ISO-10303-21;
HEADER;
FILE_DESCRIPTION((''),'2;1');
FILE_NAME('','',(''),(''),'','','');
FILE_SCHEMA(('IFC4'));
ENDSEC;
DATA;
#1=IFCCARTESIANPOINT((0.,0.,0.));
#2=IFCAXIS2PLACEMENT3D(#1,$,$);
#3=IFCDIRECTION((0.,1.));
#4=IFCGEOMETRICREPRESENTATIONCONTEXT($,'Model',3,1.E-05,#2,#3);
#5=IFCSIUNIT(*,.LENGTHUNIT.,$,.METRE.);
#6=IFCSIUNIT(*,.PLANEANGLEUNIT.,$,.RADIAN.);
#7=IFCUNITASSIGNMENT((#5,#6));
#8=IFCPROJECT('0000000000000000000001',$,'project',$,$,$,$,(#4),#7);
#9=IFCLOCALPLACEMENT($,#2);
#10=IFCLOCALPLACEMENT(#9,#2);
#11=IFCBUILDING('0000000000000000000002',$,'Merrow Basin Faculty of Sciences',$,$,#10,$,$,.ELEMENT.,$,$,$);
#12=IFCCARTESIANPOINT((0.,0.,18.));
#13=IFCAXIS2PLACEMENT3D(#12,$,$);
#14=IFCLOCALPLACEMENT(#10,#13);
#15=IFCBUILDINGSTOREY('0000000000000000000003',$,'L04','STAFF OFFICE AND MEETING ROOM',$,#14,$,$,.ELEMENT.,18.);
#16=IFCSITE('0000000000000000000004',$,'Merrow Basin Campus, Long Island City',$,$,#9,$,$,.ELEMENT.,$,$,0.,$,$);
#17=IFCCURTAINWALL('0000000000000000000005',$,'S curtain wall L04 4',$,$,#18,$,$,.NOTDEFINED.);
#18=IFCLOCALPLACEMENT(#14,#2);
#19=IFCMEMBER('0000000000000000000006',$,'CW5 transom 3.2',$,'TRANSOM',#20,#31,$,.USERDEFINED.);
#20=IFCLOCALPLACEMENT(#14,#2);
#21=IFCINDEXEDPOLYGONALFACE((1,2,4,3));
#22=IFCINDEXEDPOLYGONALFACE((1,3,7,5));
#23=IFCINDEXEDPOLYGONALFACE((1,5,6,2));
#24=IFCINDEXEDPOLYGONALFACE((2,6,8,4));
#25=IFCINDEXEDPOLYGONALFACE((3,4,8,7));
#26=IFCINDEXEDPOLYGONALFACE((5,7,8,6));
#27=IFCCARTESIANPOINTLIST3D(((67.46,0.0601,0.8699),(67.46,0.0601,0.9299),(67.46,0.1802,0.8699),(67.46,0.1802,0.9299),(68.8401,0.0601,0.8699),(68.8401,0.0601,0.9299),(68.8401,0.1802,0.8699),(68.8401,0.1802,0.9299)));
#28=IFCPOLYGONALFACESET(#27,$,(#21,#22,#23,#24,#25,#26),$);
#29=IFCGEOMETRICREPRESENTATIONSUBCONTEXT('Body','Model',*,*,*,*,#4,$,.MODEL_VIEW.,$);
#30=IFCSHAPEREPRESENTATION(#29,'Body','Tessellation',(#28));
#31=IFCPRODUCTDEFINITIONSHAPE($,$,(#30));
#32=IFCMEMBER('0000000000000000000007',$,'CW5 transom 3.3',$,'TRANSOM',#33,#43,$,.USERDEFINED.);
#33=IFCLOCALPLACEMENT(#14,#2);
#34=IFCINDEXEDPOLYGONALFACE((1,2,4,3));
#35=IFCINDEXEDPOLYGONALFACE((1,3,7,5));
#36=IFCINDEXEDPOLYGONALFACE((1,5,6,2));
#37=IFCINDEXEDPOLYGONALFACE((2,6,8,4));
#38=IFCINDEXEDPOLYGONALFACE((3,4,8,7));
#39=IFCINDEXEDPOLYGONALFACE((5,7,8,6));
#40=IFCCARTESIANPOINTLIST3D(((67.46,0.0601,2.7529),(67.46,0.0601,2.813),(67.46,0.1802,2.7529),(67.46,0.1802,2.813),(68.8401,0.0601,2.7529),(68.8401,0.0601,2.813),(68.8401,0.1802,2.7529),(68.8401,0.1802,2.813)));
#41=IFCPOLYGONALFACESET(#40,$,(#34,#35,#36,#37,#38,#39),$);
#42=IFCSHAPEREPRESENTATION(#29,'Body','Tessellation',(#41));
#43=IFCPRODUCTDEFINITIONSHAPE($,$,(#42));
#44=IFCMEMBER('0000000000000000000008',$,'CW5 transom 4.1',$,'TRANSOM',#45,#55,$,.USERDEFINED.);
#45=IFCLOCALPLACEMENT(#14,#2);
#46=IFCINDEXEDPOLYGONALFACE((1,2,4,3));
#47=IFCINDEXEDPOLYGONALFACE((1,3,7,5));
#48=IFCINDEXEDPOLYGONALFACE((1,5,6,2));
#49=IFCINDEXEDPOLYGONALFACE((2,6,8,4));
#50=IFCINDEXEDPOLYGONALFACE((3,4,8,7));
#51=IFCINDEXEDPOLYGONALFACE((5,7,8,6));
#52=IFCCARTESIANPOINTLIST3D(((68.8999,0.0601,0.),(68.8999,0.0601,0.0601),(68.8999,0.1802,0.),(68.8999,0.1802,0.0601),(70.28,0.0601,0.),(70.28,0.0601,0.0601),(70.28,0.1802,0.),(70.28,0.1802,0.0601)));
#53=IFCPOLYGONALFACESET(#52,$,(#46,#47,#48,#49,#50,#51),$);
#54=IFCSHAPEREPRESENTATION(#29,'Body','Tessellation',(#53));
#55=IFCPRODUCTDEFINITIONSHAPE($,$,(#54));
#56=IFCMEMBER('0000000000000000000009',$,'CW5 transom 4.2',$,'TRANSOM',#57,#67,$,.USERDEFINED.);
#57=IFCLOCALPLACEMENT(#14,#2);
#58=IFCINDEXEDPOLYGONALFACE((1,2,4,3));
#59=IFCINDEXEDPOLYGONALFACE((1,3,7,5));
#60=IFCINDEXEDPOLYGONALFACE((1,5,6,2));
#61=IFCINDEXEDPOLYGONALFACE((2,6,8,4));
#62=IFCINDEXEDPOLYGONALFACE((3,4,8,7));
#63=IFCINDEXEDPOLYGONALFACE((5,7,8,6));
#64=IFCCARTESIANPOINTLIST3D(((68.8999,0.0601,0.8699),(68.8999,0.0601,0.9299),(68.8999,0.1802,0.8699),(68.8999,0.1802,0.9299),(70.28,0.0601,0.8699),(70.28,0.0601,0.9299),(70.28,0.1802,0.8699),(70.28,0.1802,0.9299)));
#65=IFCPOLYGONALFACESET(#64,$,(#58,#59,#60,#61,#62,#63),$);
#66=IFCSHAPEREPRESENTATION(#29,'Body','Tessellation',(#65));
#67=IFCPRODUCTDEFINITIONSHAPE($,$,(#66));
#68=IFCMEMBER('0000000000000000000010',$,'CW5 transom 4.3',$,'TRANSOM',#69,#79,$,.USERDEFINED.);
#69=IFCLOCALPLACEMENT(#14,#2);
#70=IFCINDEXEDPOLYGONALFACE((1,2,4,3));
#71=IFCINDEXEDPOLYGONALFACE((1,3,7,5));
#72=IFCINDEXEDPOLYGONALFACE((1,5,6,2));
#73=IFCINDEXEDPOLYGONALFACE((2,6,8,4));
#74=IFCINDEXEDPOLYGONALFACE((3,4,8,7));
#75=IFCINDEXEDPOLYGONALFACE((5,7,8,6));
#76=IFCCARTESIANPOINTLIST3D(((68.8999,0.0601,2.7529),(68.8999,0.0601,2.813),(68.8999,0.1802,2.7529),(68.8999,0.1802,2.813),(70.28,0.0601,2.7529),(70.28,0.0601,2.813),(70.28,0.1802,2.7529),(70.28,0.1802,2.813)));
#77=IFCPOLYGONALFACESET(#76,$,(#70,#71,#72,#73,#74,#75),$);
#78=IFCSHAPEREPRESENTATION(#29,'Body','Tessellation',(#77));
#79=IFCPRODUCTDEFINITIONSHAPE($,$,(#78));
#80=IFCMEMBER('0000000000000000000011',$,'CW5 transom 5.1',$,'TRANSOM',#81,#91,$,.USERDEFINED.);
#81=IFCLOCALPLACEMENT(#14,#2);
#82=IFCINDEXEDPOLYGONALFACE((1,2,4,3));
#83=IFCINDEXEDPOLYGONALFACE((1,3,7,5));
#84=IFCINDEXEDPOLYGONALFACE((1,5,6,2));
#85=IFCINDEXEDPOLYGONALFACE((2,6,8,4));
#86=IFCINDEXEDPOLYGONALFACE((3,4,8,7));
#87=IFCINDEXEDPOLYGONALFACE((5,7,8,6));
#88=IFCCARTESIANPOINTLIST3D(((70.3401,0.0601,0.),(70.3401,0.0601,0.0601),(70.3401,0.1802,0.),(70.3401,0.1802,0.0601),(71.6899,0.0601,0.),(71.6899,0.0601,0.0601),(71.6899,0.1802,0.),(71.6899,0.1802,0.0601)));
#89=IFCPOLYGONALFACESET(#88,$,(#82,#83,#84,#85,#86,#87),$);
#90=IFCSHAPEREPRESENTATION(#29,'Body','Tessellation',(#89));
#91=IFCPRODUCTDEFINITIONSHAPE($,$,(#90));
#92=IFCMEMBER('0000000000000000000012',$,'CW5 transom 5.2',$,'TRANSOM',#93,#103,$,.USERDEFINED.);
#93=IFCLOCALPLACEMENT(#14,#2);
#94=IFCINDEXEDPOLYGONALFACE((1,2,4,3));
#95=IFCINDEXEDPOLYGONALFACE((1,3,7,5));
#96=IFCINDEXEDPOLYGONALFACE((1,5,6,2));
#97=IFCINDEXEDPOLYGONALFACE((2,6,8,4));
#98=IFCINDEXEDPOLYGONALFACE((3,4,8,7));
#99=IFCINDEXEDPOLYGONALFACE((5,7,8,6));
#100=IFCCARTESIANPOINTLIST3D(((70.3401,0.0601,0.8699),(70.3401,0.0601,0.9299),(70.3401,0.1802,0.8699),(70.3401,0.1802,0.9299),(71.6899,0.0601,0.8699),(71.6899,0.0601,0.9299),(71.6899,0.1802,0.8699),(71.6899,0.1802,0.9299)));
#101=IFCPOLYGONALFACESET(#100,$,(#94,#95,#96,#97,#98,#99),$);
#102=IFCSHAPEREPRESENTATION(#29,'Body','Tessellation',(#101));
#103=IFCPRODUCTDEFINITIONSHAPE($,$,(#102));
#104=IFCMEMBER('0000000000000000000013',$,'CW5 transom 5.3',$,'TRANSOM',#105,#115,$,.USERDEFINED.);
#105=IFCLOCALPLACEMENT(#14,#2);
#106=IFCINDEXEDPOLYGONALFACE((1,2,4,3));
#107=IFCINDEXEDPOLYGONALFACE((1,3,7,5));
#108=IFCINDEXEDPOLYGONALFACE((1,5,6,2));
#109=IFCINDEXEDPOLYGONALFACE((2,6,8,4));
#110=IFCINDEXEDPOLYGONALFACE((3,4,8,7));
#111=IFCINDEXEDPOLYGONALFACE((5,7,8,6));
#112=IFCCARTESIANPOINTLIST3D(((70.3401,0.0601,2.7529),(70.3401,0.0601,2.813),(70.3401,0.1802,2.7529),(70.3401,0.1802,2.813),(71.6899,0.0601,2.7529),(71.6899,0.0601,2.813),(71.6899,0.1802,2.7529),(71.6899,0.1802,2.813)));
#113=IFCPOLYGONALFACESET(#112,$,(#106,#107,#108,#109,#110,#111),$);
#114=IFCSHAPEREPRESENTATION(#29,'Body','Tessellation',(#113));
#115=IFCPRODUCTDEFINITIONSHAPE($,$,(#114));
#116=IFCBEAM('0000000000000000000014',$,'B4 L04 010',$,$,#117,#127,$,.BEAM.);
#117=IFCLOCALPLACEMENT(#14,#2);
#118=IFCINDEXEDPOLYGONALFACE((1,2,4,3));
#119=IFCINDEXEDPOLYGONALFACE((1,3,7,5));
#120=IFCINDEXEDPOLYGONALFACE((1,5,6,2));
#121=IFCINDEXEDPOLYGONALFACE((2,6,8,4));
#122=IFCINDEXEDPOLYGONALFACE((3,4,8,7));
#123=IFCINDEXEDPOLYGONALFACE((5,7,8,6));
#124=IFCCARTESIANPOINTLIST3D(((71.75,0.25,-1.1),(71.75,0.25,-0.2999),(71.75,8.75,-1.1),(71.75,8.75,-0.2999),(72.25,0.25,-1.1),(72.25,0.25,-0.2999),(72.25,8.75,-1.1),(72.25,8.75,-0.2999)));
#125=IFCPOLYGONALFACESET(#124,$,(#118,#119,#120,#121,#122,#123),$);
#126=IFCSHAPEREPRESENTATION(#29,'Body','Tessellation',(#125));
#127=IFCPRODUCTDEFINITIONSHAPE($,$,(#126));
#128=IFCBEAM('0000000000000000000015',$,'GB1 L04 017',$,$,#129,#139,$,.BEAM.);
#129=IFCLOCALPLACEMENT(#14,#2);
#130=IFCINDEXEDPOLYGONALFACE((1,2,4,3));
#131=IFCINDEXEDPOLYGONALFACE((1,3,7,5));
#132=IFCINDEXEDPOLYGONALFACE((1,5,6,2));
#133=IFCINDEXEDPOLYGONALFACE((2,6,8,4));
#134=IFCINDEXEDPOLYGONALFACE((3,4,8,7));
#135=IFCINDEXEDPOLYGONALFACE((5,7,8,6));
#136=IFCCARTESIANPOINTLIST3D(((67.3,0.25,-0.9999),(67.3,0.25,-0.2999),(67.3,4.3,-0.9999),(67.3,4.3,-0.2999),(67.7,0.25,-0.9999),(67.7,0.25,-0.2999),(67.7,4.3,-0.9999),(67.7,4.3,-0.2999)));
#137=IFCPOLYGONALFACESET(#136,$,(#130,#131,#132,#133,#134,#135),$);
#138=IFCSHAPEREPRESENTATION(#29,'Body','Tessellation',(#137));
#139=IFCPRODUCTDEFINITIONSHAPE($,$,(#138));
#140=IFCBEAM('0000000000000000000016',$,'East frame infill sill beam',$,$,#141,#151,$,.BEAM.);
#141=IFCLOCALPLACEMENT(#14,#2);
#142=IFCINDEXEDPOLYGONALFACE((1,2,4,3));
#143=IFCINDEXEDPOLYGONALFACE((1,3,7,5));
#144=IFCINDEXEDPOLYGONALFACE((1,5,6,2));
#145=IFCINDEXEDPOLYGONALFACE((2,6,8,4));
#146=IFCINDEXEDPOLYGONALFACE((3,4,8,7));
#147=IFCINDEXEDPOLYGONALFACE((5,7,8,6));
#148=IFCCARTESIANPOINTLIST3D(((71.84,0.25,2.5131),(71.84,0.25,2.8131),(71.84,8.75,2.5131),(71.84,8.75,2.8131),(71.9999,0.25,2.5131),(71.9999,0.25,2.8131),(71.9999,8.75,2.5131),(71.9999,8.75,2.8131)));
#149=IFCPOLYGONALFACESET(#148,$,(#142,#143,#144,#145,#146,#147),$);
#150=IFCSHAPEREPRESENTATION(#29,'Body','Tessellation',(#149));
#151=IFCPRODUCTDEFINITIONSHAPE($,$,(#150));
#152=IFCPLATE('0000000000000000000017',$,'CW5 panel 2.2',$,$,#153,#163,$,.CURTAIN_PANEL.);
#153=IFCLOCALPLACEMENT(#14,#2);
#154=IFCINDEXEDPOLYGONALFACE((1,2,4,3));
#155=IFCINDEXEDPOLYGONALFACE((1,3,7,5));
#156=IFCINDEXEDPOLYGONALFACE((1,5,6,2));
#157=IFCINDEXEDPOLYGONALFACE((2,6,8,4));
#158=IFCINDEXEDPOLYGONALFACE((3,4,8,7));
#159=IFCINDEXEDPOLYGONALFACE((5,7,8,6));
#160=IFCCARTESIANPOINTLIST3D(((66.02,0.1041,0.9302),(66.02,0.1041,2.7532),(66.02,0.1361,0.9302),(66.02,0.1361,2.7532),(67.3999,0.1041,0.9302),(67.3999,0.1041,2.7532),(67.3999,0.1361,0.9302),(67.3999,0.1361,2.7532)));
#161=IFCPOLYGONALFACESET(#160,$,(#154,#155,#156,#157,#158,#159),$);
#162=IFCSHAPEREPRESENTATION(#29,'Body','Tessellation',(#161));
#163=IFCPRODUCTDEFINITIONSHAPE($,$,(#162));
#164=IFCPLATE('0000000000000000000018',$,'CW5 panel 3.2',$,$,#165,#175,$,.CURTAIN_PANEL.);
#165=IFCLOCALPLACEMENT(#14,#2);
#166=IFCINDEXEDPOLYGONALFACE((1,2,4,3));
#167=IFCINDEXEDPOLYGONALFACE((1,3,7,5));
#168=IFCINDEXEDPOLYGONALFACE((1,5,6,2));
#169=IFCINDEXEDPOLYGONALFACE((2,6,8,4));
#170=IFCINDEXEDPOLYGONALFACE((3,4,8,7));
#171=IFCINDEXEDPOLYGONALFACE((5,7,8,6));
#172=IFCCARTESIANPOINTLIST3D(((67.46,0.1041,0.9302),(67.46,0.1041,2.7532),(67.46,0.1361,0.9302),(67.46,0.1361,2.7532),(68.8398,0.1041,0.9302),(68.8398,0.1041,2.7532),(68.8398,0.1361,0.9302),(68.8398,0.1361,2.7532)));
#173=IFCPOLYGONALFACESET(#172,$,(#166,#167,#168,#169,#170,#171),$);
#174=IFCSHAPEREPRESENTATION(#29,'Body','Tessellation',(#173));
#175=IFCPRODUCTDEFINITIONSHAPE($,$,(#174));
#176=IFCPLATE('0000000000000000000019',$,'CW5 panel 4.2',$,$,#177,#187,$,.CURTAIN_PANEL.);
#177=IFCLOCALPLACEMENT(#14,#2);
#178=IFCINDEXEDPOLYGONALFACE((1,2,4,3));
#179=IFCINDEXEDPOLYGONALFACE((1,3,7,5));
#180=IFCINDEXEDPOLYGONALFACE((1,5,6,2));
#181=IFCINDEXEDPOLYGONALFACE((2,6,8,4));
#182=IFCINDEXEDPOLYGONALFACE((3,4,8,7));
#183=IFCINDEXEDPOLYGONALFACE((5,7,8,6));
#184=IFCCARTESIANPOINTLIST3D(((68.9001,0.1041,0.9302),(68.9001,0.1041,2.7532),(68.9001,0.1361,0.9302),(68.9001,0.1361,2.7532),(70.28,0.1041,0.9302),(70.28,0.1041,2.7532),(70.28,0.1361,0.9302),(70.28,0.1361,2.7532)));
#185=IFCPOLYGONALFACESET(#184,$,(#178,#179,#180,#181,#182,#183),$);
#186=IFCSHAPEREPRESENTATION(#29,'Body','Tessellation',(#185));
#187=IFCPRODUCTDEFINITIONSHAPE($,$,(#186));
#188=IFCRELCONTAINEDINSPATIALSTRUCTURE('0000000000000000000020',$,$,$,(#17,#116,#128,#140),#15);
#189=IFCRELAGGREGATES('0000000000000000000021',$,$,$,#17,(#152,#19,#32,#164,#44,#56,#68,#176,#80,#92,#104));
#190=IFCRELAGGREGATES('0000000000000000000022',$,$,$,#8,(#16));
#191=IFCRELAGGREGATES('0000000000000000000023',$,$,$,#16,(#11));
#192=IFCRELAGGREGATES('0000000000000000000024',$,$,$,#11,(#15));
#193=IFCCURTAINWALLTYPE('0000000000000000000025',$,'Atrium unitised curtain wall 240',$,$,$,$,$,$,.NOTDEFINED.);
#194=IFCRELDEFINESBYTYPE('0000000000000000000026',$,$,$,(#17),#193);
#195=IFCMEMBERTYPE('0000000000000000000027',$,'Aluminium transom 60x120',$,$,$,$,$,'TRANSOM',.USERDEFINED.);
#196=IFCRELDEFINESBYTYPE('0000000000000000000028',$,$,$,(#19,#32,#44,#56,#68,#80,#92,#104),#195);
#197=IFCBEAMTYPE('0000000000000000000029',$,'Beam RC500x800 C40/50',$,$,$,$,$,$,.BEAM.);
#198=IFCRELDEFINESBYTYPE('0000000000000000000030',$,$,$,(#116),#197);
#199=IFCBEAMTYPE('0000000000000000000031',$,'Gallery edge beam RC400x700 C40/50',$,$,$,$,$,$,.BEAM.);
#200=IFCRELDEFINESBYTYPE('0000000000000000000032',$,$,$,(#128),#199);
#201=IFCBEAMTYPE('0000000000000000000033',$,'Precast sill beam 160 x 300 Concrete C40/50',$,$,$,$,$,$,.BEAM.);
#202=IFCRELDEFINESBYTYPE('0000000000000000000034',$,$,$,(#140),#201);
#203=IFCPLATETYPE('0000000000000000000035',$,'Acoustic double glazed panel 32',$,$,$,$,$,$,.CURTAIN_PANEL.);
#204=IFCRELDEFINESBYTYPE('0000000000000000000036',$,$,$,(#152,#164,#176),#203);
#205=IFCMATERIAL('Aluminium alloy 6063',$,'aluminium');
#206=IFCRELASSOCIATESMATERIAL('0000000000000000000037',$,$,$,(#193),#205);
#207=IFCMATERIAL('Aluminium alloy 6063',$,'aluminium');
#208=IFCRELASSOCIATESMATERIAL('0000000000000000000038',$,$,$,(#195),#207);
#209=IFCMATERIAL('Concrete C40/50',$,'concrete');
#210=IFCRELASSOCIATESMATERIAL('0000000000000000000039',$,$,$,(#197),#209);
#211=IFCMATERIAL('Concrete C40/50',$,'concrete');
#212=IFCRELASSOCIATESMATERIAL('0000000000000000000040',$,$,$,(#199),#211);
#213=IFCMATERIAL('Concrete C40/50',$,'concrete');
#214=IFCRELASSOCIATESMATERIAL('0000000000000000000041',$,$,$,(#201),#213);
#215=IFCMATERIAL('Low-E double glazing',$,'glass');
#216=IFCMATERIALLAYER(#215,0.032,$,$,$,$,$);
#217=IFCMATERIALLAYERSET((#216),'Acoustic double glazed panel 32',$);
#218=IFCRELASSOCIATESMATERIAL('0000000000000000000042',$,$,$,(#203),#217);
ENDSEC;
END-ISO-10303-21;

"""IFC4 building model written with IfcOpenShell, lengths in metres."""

from ifc_helpers import new_model, si_unit, direction, frame, origin, origin_2d, place, context, subcontext, project, spatial, rectangle, extrude, material, layer, layer_set, material_profile, profile_set, type_object, element, aggregate, save


model = new_model("IFC4")

# Units and contexts
model_context = context("Model", 3, precision=1e-05, world=origin(), true_north=direction((0.0, 1.0)))
body_context = subcontext(model_context, "Body", "Model", "MODEL_VIEW")
ifc_project = project(units=[si_unit("LENGTHUNIT", "METRE"), si_unit("PLANEANGLEUNIT", "RADIAN")], contexts=[model_context])

# Site, building, storey
site_placement = place(None, origin())
site = spatial("IfcSite", under=ifc_project, at=site_placement, Name="Merrow Basin Campus, Long Island City", CompositionType="ELEMENT", RefElevation=0.0)
building_placement = place(site_placement, origin())
building = spatial("IfcBuilding", under=site, at=building_placement, Name="Merrow Basin Faculty of Sciences", CompositionType="ELEMENT")
storey_placement = place(building_placement, frame((0.0, 0.0, 18.0)))
storey = spatial("IfcBuildingStorey", under=building, at=storey_placement, Name="L04", Description="STAFF OFFICE AND MEETING ROOM", CompositionType="ELEMENT", Elevation=18.0)

# Shared definitions
ifc_material_1 = material(Name="Aluminium alloy 6063", Category="aluminium")
curtain_wall_type = type_object("IfcCurtainWallType", Name="Atrium unitised curtain wall 240", PredefinedType="NOTDEFINED", material=ifc_material_1)

# Curtain wall
curtain_wall_1_placement = place(storey_placement, origin())
curtain_wall_1 = element("IfcCurtainWall", 1, at=curtain_wall_1_placement, inside=storey, type_object=curtain_wall_type, Name="S curtain wall L04 4", PredefinedType="NOTDEFINED")

# Members
ifc_material_2 = material(Name="Aluminium alloy 6063", Category="aluminium")
ifc_material_profile_1 = material_profile(ifc_material_2, rectangle(XDim=0.1201, YDim=0.0601, at=origin_2d()))
ifc_profile_set_1 = profile_set([ifc_material_profile_1], Name="Aluminium alloy 6063")
member_type_1 = type_object("IfcMemberType", Name="Aluminium transom 60x120", ElementType="TRANSOM", PredefinedType="USERDEFINED", material=ifc_profile_set_1)
member_1_placement = place(storey_placement, frame((67.46, 0.1201, 0.8999), z_axis=(1.0, 0.0, 0.0), x_axis=(0.0, 1.0, 0.0)))
member_1 = element("IfcMember", 2, at=member_1_placement, type_object=member_type_1, Name="CW5 transom 3.2", ObjectType="TRANSOM", PredefinedType="USERDEFINED", context=body_context, shape_type="SweptSolid", body=[
    extrude(rectangle(XDim=0.1201, YDim=0.0601, at=origin_2d()), origin(), (0.0, 0.0, 1.0), 1.3801),
])
member_2_placement = place(storey_placement, frame((67.46, 0.1201, 2.783), z_axis=(1.0, 0.0, 0.0), x_axis=(0.0, 1.0, 0.0)))
member_2 = element("IfcMember", 3, at=member_2_placement, type_object=member_type_1, Name="CW5 transom 3.3", ObjectType="TRANSOM", PredefinedType="USERDEFINED", context=body_context, shape_type="SweptSolid", body=[
    extrude(rectangle(XDim=0.1201, YDim=0.0601, at=origin_2d()), origin(), (0.0, 0.0, 1.0), 1.3801),
])
member_3_placement = place(storey_placement, frame((68.8999, 0.1201, 0.03), z_axis=(1.0, 0.0, 0.0), x_axis=(0.0, 1.0, 0.0)))
member_3 = element("IfcMember", 4, at=member_3_placement, type_object=member_type_1, Name="CW5 transom 4.1", ObjectType="TRANSOM", PredefinedType="USERDEFINED", context=body_context, shape_type="SweptSolid", body=[
    extrude(rectangle(XDim=0.1201, YDim=0.0601, at=origin_2d()), origin(), (0.0, 0.0, 1.0), 1.3801),
])
member_4_placement = place(storey_placement, frame((68.8999, 0.1201, 0.8999), z_axis=(1.0, 0.0, 0.0), x_axis=(0.0, 1.0, 0.0)))
member_4 = element("IfcMember", 5, at=member_4_placement, type_object=member_type_1, Name="CW5 transom 4.2", ObjectType="TRANSOM", PredefinedType="USERDEFINED", context=body_context, shape_type="SweptSolid", body=[
    extrude(rectangle(XDim=0.1201, YDim=0.0601, at=origin_2d()), origin(), (0.0, 0.0, 1.0), 1.3801),
])
member_5_placement = place(storey_placement, frame((68.8999, 0.1201, 2.783), z_axis=(1.0, 0.0, 0.0), x_axis=(0.0, 1.0, 0.0)))
member_5 = element("IfcMember", 6, at=member_5_placement, type_object=member_type_1, Name="CW5 transom 4.3", ObjectType="TRANSOM", PredefinedType="USERDEFINED", context=body_context, shape_type="SweptSolid", body=[
    extrude(rectangle(XDim=0.1201, YDim=0.0601, at=origin_2d()), origin(), (0.0, 0.0, 1.0), 1.3801),
])
member_6_placement = place(storey_placement, frame((70.3401, 0.1201, 0.03), z_axis=(1.0, 0.0, 0.0), x_axis=(0.0, 1.0, 0.0)))
member_6 = element("IfcMember", 7, at=member_6_placement, type_object=member_type_1, Name="CW5 transom 5.1", ObjectType="TRANSOM", PredefinedType="USERDEFINED", context=body_context, shape_type="SweptSolid", body=[
    extrude(rectangle(XDim=0.1201, YDim=0.0601, at=origin_2d()), origin(), (0.0, 0.0, 1.0), 1.3499),
])
member_7_placement = place(storey_placement, frame((70.3401, 0.1201, 0.8999), z_axis=(1.0, 0.0, 0.0), x_axis=(0.0, 1.0, 0.0)))
member_7 = element("IfcMember", 8, at=member_7_placement, type_object=member_type_1, Name="CW5 transom 5.2", ObjectType="TRANSOM", PredefinedType="USERDEFINED", context=body_context, shape_type="SweptSolid", body=[
    extrude(rectangle(XDim=0.1201, YDim=0.0601, at=origin_2d()), origin(), (0.0, 0.0, 1.0), 1.3499),
])
member_8_placement = place(storey_placement, frame((70.3401, 0.1201, 2.783), z_axis=(1.0, 0.0, 0.0), x_axis=(0.0, 1.0, 0.0)))
member_8 = element("IfcMember", 9, at=member_8_placement, type_object=member_type_1, Name="CW5 transom 5.3", ObjectType="TRANSOM", PredefinedType="USERDEFINED", context=body_context, shape_type="SweptSolid", body=[
    extrude(rectangle(XDim=0.1201, YDim=0.0601, at=origin_2d()), origin(), (0.0, 0.0, 1.0), 1.3499),
])

# Beams
ifc_material_3 = material(Name="Concrete C40/50", Category="concrete")
ifc_material_profile_2 = material_profile(ifc_material_3, rectangle(XDim=0.5, YDim=0.8, at=origin_2d()))
ifc_profile_set_2 = profile_set([ifc_material_profile_2], Name="Concrete C40/50")
beam_type_1 = type_object("IfcBeamType", Name="Beam RC500x800 C40/50", PredefinedType="BEAM", material=ifc_profile_set_2)
beam_1_placement = place(storey_placement, frame((72.0, 0.25, -0.7), z_axis=(0.0, 1.0, 0.0), x_axis=(-1.0, 0.0, 0.0)))
element("IfcBeam", 10, at=beam_1_placement, inside=storey, type_object=beam_type_1, Name="B4 L04 010", PredefinedType="BEAM", context=body_context, shape_type="SweptSolid", body=[
    extrude(rectangle(XDim=0.5, YDim=0.8, at=origin_2d()), origin(), (0.0, 0.0, 1.0), 8.5),
])
ifc_material_4 = material(Name="Concrete C40/50", Category="concrete")
ifc_material_profile_3 = material_profile(ifc_material_4, rectangle(XDim=0.3999, YDim=0.7, at=origin_2d()))
ifc_profile_set_3 = profile_set([ifc_material_profile_3], Name="Concrete C40/50")
beam_type_2 = type_object("IfcBeamType", Name="Gallery edge beam RC400x700 C40/50", PredefinedType="BEAM", material=ifc_profile_set_3)
beam_2_placement = place(storey_placement, frame((67.5, 0.25, -0.6499), z_axis=(0.0, 1.0, 0.0), x_axis=(-1.0, 0.0, 0.0)))
element("IfcBeam", 11, at=beam_2_placement, inside=storey, type_object=beam_type_2, Name="GB1 L04 017", PredefinedType="BEAM", context=body_context, shape_type="SweptSolid", body=[
    extrude(rectangle(XDim=0.3999, YDim=0.7, at=origin_2d()), origin(), (0.0, 0.0, 1.0), 4.05),
])
ifc_material_5 = material(Name="Concrete C40/50", Category="concrete")
ifc_material_profile_4 = material_profile(ifc_material_5, rectangle(XDim=0.1599, YDim=0.3, at=origin_2d()))
ifc_profile_set_4 = profile_set([ifc_material_profile_4], Name="Concrete C40/50")
beam_type_3 = type_object("IfcBeamType", Name="Precast sill beam 160 x 300 Concrete C40/50", PredefinedType="BEAM", material=ifc_profile_set_4)
beam_3_placement = place(storey_placement, frame((71.9199, 0.25, 2.6631), z_axis=(0.0, 1.0, 0.0), x_axis=(-1.0, 0.0, 0.0)))
element("IfcBeam", 12, at=beam_3_placement, inside=storey, type_object=beam_type_3, Name="East frame infill sill beam", PredefinedType="BEAM", context=body_context, shape_type="SweptSolid", body=[
    extrude(rectangle(XDim=0.1599, YDim=0.3, at=origin_2d()), origin(), (0.0, 0.0, 1.0), 8.5),
])

# Plates
ifc_material_6 = material(Name="Low-E double glazing", Category="glass")
ifc_layer_1 = layer(ifc_material_6, 0.032)
ifc_layer_set_1 = layer_set([ifc_layer_1], Name="Acoustic double glazed panel 32")
plate_type_1 = type_object("IfcPlateType", Name="Acoustic double glazed panel 32", PredefinedType="CURTAIN_PANEL", material=ifc_layer_set_1)
plate_1_placement = place(storey_placement, frame((66.71, 0.1201, 0.9302), z_axis=(0.0, 0.0, 1.0), x_axis=(1.0, 0.0, 0.0)))
plate_1 = element("IfcPlate", 13, at=plate_1_placement, type_object=plate_type_1, Name="CW5 panel 2.2", PredefinedType="CURTAIN_PANEL", context=body_context, shape_type="SweptSolid", body=[
    extrude(rectangle(XDim=1.3799, YDim=0.032, at=origin_2d()), origin(), (0.0, 0.0, 1.0), 1.823),
])
plate_2_placement = place(storey_placement, frame((68.1499, 0.1201, 0.9302), z_axis=(0.0, 0.0, 1.0), x_axis=(1.0, 0.0, 0.0)))
plate_2 = element("IfcPlate", 14, at=plate_2_placement, type_object=plate_type_1, Name="CW5 panel 3.2", PredefinedType="CURTAIN_PANEL", context=body_context, shape_type="SweptSolid", body=[
    extrude(rectangle(XDim=1.3799, YDim=0.032, at=origin_2d()), origin(), (0.0, 0.0, 1.0), 1.823),
])
plate_3_placement = place(storey_placement, frame((69.5901, 0.1201, 0.9302), z_axis=(0.0, 0.0, 1.0), x_axis=(1.0, 0.0, 0.0)))
plate_3 = element("IfcPlate", 15, at=plate_3_placement, type_object=plate_type_1, Name="CW5 panel 4.2", PredefinedType="CURTAIN_PANEL", context=body_context, shape_type="SweptSolid", body=[
    extrude(rectangle(XDim=1.3799, YDim=0.032, at=origin_2d()), origin(), (0.0, 0.0, 1.0), 1.823),
])
aggregate(curtain_wall_1, [plate_1, member_1, member_2, plate_2, member_3, member_4, member_5, plate_3, member_6, member_7, member_8])

save(model, "model.ifc")
